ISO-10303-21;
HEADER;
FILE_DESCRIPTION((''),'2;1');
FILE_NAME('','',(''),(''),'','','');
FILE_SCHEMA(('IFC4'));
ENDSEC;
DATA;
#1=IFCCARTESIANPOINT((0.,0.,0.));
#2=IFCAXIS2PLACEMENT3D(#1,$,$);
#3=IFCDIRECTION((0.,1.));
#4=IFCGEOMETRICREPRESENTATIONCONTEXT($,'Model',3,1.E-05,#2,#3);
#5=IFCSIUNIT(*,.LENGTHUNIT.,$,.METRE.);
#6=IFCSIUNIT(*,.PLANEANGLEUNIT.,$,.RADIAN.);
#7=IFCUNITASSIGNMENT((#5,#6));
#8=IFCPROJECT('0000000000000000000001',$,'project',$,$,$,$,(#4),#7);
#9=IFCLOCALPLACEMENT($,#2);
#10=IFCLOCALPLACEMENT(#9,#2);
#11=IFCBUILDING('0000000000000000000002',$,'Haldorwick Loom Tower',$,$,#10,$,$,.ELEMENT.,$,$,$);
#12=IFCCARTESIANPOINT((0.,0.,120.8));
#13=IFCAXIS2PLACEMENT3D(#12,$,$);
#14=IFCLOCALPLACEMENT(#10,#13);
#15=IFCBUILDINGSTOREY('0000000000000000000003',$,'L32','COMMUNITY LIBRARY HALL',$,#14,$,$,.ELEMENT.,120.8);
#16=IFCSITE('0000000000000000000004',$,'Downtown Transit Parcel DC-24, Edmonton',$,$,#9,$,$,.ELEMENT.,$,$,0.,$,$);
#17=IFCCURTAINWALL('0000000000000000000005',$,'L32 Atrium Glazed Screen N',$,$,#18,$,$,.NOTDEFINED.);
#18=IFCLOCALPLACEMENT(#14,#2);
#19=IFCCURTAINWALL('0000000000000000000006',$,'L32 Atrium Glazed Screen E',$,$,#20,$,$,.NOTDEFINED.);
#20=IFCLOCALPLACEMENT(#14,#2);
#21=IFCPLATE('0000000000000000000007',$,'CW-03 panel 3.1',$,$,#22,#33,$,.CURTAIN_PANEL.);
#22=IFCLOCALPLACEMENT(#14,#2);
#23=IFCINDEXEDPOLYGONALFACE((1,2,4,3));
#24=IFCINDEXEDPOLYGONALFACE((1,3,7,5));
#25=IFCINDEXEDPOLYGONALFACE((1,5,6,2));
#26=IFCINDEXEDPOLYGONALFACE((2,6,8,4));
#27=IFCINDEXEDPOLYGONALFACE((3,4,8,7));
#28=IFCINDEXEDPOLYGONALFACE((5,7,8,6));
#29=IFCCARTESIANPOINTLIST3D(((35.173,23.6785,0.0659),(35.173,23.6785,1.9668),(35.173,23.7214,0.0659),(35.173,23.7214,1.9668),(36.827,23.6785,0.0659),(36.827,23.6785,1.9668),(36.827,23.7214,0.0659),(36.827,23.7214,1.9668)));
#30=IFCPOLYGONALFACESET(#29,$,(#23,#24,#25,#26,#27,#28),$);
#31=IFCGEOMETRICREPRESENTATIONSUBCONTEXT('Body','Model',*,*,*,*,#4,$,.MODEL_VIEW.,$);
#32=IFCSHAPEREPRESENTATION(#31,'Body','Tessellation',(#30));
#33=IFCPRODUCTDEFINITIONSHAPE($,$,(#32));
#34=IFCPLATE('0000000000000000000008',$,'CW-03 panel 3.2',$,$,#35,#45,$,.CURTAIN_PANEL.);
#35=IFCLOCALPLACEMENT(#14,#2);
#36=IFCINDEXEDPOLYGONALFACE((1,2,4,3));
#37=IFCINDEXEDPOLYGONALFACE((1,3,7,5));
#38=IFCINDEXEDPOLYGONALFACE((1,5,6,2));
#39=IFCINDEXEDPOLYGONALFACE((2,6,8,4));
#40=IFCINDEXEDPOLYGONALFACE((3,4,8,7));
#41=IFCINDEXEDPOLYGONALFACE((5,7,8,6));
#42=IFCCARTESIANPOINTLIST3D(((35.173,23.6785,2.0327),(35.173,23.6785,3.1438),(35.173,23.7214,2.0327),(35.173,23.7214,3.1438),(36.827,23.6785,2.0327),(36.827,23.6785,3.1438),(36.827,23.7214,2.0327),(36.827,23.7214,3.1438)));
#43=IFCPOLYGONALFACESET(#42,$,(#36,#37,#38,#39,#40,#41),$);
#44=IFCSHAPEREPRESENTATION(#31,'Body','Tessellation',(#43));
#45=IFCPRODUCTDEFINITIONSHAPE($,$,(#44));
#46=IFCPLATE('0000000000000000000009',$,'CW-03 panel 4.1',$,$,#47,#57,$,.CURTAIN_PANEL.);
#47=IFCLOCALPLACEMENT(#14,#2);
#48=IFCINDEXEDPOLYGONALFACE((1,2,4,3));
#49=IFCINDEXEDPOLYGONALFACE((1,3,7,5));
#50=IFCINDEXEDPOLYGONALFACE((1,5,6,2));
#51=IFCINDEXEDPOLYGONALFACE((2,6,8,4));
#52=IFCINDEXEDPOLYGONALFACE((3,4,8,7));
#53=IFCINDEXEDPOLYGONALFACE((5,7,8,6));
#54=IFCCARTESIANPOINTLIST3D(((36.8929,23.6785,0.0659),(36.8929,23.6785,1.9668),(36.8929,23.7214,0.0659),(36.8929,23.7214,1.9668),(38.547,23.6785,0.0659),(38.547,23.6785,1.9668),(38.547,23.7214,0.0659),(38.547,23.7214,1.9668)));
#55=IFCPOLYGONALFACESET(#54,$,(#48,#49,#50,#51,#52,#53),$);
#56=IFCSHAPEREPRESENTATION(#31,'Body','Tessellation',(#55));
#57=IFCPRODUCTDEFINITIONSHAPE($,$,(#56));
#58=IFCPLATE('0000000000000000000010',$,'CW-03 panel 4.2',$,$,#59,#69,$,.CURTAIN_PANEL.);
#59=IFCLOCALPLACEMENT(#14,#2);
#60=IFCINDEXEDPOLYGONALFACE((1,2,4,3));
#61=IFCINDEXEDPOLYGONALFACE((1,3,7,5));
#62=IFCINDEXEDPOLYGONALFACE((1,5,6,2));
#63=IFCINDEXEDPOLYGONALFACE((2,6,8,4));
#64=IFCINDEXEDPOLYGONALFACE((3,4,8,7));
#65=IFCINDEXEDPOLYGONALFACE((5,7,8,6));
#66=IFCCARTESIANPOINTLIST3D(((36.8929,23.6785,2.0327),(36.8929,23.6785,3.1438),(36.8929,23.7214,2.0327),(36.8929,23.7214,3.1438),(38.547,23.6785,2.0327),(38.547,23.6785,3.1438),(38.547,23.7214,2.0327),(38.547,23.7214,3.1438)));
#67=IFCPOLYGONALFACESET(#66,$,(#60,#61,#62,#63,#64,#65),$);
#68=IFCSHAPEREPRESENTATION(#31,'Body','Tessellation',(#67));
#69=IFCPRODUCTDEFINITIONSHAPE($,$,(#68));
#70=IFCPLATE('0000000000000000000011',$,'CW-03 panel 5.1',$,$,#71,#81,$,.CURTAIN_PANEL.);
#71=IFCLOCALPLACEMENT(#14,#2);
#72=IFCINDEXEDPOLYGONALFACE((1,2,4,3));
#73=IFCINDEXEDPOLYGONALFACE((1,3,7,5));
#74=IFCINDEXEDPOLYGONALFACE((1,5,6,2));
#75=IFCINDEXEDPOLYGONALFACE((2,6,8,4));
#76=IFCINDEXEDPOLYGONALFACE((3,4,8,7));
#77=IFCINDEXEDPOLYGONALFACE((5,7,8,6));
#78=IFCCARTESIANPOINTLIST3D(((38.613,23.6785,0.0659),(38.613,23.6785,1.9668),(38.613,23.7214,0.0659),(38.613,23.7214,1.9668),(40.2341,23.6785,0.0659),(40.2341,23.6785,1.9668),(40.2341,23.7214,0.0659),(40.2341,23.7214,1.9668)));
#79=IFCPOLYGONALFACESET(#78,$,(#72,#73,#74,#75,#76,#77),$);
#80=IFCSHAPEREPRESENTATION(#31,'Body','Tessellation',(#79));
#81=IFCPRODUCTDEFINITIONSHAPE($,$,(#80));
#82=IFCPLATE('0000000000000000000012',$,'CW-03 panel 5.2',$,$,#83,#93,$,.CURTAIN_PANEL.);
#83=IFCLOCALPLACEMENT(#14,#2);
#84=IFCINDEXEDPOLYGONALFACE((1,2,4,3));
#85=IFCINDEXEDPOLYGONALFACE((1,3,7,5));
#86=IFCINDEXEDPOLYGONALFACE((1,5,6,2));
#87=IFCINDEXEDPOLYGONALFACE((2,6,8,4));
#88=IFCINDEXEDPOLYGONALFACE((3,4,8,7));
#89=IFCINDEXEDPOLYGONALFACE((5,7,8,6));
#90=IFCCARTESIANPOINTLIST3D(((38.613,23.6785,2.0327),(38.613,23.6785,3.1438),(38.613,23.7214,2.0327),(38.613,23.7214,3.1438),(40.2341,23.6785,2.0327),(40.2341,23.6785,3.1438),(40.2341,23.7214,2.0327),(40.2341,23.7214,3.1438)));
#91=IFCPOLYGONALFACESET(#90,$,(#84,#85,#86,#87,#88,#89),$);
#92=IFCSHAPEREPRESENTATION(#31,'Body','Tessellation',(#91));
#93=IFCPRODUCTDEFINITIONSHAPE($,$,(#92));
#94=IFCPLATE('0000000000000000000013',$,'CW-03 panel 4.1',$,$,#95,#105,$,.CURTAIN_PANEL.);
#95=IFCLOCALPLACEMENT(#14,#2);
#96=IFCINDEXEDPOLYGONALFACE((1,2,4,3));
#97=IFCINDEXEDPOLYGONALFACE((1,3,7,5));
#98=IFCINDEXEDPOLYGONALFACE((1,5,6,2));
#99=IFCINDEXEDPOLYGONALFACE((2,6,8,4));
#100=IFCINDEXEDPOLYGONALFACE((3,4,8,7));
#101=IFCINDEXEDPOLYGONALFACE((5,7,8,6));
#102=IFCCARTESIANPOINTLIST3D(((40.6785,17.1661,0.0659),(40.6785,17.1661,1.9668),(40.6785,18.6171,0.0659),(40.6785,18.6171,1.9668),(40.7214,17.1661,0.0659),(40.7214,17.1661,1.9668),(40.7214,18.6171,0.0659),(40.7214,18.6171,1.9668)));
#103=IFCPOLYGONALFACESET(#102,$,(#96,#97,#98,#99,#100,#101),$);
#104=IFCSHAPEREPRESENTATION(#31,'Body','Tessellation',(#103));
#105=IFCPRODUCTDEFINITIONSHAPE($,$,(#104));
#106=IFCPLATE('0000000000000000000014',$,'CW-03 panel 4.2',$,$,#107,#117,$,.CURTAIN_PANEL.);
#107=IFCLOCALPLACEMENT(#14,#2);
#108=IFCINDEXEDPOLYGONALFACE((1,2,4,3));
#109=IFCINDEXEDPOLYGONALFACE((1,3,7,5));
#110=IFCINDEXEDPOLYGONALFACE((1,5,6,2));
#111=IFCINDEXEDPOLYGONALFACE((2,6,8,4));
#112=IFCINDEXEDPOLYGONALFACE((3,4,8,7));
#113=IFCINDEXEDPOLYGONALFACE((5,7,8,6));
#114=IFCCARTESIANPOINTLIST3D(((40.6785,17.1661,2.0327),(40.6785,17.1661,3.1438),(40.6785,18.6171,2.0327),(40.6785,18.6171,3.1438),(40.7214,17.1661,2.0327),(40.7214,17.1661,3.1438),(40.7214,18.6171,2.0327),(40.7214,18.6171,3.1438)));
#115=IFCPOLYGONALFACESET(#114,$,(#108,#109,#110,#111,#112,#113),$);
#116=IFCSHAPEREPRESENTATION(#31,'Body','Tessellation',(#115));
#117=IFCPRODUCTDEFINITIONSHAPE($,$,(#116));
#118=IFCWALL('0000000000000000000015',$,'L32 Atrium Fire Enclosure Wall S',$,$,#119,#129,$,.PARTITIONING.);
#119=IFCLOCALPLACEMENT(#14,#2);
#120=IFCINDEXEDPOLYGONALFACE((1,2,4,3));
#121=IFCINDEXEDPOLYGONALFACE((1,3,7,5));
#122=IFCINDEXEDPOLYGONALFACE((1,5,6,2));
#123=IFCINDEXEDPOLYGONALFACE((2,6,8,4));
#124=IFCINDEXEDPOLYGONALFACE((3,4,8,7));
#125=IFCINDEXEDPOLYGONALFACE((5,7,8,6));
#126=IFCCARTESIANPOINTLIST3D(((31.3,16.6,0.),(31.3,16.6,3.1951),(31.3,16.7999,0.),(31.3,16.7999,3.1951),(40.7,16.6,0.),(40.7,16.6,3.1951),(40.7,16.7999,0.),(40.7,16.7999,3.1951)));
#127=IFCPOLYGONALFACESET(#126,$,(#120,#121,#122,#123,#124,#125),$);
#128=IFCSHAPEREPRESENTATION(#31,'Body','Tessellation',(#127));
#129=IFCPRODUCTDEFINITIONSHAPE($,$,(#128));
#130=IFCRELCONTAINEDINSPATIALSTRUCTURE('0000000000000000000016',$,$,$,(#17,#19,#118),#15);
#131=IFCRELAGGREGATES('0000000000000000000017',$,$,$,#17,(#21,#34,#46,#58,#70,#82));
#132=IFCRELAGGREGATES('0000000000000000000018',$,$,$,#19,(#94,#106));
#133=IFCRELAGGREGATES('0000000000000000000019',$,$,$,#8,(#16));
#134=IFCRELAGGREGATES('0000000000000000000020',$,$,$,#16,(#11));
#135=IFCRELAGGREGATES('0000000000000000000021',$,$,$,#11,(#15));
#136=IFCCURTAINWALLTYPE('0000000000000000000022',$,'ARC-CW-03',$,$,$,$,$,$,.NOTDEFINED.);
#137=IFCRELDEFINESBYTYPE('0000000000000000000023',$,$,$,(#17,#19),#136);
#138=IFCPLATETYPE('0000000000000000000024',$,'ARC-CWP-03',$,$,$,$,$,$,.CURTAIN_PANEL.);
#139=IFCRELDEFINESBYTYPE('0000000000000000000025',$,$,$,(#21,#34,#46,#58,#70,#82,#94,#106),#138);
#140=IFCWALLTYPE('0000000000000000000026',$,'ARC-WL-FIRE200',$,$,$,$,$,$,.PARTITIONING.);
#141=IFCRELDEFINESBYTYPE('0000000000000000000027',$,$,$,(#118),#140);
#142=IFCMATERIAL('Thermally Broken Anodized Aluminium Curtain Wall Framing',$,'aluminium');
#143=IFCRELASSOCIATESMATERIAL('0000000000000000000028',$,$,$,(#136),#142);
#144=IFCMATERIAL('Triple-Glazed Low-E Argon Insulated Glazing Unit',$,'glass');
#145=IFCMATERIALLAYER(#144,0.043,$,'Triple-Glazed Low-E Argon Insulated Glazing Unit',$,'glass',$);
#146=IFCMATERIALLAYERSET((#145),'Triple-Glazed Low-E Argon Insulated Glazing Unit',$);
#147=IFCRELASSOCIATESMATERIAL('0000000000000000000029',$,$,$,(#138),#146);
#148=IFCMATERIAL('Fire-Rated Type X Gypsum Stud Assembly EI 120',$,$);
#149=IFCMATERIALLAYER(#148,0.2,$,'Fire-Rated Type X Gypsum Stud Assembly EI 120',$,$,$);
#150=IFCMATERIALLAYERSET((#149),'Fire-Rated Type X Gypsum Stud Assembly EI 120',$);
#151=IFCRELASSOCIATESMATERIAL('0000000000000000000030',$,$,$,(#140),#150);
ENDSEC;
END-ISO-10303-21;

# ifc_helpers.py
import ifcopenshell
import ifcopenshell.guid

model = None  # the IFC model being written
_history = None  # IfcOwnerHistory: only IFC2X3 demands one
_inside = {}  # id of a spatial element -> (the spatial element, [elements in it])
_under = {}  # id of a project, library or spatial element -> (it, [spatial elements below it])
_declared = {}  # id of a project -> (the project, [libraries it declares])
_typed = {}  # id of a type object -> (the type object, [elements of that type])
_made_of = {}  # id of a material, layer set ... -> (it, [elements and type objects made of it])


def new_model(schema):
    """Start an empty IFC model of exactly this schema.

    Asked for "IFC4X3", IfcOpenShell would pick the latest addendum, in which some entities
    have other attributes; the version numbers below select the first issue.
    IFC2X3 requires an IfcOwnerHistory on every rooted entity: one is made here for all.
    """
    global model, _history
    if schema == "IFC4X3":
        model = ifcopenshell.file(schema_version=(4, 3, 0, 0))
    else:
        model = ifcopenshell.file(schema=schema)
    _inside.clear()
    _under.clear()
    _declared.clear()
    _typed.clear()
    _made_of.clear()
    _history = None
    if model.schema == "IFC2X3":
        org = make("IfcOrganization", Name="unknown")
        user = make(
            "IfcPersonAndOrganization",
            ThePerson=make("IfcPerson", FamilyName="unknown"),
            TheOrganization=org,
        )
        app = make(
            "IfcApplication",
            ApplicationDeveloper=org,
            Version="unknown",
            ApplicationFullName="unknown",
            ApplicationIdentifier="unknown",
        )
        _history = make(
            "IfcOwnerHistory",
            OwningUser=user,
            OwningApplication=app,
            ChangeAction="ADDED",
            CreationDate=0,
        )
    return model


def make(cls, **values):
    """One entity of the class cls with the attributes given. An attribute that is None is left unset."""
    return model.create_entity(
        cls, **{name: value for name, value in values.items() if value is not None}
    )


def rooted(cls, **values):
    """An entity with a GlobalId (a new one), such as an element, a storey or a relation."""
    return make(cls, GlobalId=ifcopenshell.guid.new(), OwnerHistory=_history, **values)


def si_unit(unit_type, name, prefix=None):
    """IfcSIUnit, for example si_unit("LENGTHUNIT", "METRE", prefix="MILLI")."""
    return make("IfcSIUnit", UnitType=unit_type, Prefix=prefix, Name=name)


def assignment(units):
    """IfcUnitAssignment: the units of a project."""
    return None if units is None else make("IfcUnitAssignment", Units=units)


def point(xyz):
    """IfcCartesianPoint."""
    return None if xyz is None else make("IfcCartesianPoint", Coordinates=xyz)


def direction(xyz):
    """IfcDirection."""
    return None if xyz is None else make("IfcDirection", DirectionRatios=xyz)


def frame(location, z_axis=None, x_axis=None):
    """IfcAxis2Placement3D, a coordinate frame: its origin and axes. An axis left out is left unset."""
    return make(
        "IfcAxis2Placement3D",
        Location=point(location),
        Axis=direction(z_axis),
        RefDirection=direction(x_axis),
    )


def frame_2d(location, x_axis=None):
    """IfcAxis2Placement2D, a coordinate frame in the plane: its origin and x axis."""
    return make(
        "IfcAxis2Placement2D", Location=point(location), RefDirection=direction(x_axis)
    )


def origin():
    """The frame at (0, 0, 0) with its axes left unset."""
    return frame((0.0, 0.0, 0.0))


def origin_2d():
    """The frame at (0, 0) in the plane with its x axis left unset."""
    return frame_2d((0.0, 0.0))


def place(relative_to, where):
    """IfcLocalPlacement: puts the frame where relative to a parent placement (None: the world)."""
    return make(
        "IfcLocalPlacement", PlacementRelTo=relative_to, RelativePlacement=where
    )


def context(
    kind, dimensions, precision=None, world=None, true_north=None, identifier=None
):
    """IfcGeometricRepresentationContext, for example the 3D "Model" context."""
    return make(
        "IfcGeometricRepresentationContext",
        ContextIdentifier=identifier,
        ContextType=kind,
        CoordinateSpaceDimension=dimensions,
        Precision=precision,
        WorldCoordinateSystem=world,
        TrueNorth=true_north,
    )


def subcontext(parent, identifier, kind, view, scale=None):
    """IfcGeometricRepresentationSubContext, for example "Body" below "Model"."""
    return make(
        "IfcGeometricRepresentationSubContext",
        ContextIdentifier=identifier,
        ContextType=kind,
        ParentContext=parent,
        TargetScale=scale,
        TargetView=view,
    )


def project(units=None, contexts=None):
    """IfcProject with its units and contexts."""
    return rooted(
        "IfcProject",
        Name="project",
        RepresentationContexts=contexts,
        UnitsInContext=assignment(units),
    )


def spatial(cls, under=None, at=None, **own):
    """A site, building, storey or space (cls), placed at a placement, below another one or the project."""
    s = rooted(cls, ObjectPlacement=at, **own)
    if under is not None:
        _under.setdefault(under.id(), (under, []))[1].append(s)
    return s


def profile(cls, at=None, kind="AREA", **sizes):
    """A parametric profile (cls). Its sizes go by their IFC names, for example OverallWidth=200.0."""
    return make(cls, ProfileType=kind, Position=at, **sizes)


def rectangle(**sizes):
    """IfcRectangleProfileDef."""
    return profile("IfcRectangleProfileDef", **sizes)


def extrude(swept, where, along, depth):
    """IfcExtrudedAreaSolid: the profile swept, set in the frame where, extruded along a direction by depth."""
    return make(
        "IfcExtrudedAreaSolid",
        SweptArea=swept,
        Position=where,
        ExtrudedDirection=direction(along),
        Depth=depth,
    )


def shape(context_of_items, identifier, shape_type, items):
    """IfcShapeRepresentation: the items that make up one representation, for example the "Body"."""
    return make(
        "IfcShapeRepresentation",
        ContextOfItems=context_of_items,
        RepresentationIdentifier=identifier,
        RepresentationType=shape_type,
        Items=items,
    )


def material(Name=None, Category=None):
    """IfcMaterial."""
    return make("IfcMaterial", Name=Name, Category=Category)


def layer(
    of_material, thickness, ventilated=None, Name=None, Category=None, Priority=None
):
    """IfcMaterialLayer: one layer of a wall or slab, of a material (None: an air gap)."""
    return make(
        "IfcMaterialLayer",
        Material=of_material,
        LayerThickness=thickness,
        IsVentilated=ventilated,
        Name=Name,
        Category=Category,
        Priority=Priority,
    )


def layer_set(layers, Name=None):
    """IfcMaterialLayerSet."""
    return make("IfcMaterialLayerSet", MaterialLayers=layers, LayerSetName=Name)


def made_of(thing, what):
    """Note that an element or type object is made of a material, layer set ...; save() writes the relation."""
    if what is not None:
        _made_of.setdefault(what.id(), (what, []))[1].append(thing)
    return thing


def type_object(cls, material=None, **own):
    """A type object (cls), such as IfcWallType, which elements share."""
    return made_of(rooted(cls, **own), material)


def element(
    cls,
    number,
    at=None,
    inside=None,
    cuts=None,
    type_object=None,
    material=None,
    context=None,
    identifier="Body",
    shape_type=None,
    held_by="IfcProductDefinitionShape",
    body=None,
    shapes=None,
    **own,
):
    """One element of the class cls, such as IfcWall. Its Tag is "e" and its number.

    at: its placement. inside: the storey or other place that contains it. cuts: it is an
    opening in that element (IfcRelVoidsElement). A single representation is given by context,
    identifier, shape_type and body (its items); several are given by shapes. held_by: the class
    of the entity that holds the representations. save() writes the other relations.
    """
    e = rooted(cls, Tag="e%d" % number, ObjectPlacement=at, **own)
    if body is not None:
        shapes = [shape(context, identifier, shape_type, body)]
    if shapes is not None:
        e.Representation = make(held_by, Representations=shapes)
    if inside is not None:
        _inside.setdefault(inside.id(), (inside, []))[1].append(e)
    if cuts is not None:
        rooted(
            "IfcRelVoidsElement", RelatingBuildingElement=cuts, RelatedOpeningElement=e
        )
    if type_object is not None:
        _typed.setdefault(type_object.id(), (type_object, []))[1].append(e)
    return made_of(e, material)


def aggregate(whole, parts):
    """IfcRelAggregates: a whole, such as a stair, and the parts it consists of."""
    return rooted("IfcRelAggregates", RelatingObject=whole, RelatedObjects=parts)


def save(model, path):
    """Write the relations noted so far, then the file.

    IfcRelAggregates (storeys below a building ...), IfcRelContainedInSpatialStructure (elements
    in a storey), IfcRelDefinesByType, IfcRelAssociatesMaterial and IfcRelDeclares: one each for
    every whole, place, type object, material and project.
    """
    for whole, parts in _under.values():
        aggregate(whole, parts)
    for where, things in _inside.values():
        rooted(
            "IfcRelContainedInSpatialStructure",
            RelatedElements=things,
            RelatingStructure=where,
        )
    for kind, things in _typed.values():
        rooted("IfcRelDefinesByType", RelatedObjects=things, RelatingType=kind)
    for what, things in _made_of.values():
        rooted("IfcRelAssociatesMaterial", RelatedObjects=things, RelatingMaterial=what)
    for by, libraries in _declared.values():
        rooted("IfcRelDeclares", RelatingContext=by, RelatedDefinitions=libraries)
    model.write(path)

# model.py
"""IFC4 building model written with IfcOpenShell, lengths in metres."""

from ifc_helpers import new_model, si_unit, direction, frame, frame_2d, origin, origin_2d, place, context, subcontext, project, spatial, rectangle, extrude, material, layer, layer_set, type_object, element, aggregate, save


model = new_model("IFC4")

# Units and contexts
model_context = context("Model", 3, precision=1e-05, world=origin(), true_north=direction((0.0, 1.0)))
body_context = subcontext(model_context, "Body", "Model", "MODEL_VIEW")
ifc_project = project(units=[si_unit("LENGTHUNIT", "METRE"), si_unit("PLANEANGLEUNIT", "RADIAN")], contexts=[model_context])

# Site, building, storey
site_placement = place(None, origin())
site = spatial("IfcSite", under=ifc_project, at=site_placement, Name="Downtown Transit Parcel DC-24, Edmonton", CompositionType="ELEMENT", RefElevation=0.0)
building_placement = place(site_placement, origin())
building = spatial("IfcBuilding", under=site, at=building_placement, Name="Haldorwick Loom Tower", CompositionType="ELEMENT")
storey_placement = place(building_placement, frame((0.0, 0.0, 120.8)))
storey = spatial("IfcBuildingStorey", under=building, at=storey_placement, Name="L32", Description="COMMUNITY LIBRARY HALL", CompositionType="ELEMENT", Elevation=120.8)

# Shared definitions
ifc_material_1 = material(Name="Thermally Broken Anodized Aluminium Curtain Wall Framing", Category="aluminium")
curtain_wall_type = type_object("IfcCurtainWallType", Name="ARC-CW-03", PredefinedType="NOTDEFINED", material=ifc_material_1)

# Curtain walls
curtain_wall_1_placement = place(storey_placement, origin())
curtain_wall_1 = element("IfcCurtainWall", 1, at=curtain_wall_1_placement, inside=storey, type_object=curtain_wall_type, Name="L32 Atrium Glazed Screen N", PredefinedType="NOTDEFINED")
curtain_wall_2_placement = place(storey_placement, origin())
curtain_wall_2 = element("IfcCurtainWall", 2, at=curtain_wall_2_placement, inside=storey, type_object=curtain_wall_type, Name="L32 Atrium Glazed Screen E", PredefinedType="NOTDEFINED")

# Plates
ifc_material_2 = material(Name="Triple-Glazed Low-E Argon Insulated Glazing Unit", Category="glass")
ifc_layer_1 = layer(ifc_material_2, 0.043, Name="Triple-Glazed Low-E Argon Insulated Glazing Unit", Category="glass")
ifc_layer_set_1 = layer_set([ifc_layer_1], Name="Triple-Glazed Low-E Argon Insulated Glazing Unit")
plate_type = type_object("IfcPlateType", Name="ARC-CWP-03", PredefinedType="CURTAIN_PANEL", material=ifc_layer_set_1)
plate_1_placement = place(storey_placement, frame((36.0, 23.7, 0.0659), z_axis=(0.0, 0.0, 1.0), x_axis=(1.0, 0.0, 0.0)))
plate_1 = element("IfcPlate", 3, at=plate_1_placement, type_object=plate_type, Name="CW-03 panel 3.1", PredefinedType="CURTAIN_PANEL", context=body_context, shape_type="SweptSolid", body=[
    extrude(rectangle(XDim=1.6541, YDim=0.043, at=origin_2d()), origin(), (0.0, 0.0, 1.0), 1.9009),
])
plate_2_placement = place(storey_placement, frame((36.0, 23.7, 2.0327), z_axis=(0.0, 0.0, 1.0), x_axis=(1.0, 0.0, 0.0)))
plate_2 = element("IfcPlate", 4, at=plate_2_placement, type_object=plate_type, Name="CW-03 panel 3.2", PredefinedType="CURTAIN_PANEL", context=body_context, shape_type="SweptSolid", body=[
    extrude(rectangle(XDim=1.6541, YDim=0.043, at=origin_2d()), origin(), (0.0, 0.0, 1.0), 1.1111),
])
plate_3_placement = place(storey_placement, frame((37.72, 23.7, 0.0659), z_axis=(0.0, 0.0, 1.0), x_axis=(1.0, 0.0, 0.0)))
plate_3 = element("IfcPlate", 5, at=plate_3_placement, type_object=plate_type, Name="CW-03 panel 4.1", PredefinedType="CURTAIN_PANEL", context=body_context, shape_type="SweptSolid", body=[
    extrude(rectangle(XDim=1.6541, YDim=0.043, at=origin_2d()), origin(), (0.0, 0.0, 1.0), 1.9009),
])
plate_4_placement = place(storey_placement, frame((37.72, 23.7, 2.0327), z_axis=(0.0, 0.0, 1.0), x_axis=(1.0, 0.0, 0.0)))
plate_4 = element("IfcPlate", 6, at=plate_4_placement, type_object=plate_type, Name="CW-03 panel 4.2", PredefinedType="CURTAIN_PANEL", context=body_context, shape_type="SweptSolid", body=[
    extrude(rectangle(XDim=1.6541, YDim=0.043, at=origin_2d()), origin(), (0.0, 0.0, 1.0), 1.1111),
])
plate_5_placement = place(storey_placement, frame((39.4236, 23.7, 0.0659), z_axis=(0.0, 0.0, 1.0), x_axis=(1.0, 0.0, 0.0)))
plate_5 = element("IfcPlate", 7, at=plate_5_placement, type_object=plate_type, Name="CW-03 panel 5.1", PredefinedType="CURTAIN_PANEL", context=body_context, shape_type="SweptSolid", body=[
    extrude(rectangle(XDim=1.6211, YDim=0.043, at=origin_2d()), origin(), (0.0, 0.0, 1.0), 1.9009),
])
plate_6_placement = place(storey_placement, frame((39.4236, 23.7, 2.0327), z_axis=(0.0, 0.0, 1.0), x_axis=(1.0, 0.0, 0.0)))
plate_6 = element("IfcPlate", 8, at=plate_6_placement, type_object=plate_type, Name="CW-03 panel 5.2", PredefinedType="CURTAIN_PANEL", context=body_context, shape_type="SweptSolid", body=[
    extrude(rectangle(XDim=1.6211, YDim=0.043, at=origin_2d()), origin(), (0.0, 0.0, 1.0), 1.1111),
])
aggregate(curtain_wall_1, [plate_1, plate_2, plate_3, plate_4, plate_5, plate_6])
plate_7_placement = place(storey_placement, frame((40.7, 17.8916, 0.0659), z_axis=(0.0, 0.0, 1.0), x_axis=(0.0, -1.0, 0.0)))
plate_7 = element("IfcPlate", 9, at=plate_7_placement, type_object=plate_type, Name="CW-03 panel 4.1", PredefinedType="CURTAIN_PANEL", context=body_context, shape_type="SweptSolid", body=[
    extrude(rectangle(XDim=1.4509, YDim=0.043, at=origin_2d()), origin(), (0.0, 0.0, 1.0), 1.9009),
])
plate_8_placement = place(storey_placement, frame((40.7, 17.8916, 2.0327), z_axis=(0.0, 0.0, 1.0), x_axis=(0.0, -1.0, 0.0)))
plate_8 = element("IfcPlate", 10, at=plate_8_placement, type_object=plate_type, Name="CW-03 panel 4.2", PredefinedType="CURTAIN_PANEL", context=body_context, shape_type="SweptSolid", body=[
    extrude(rectangle(XDim=1.4509, YDim=0.043, at=origin_2d()), origin(), (0.0, 0.0, 1.0), 1.1111),
])
aggregate(curtain_wall_2, [plate_7, plate_8])

# Wall
ifc_material_3 = material(Name="Fire-Rated Type X Gypsum Stud Assembly EI 120")
ifc_layer_2 = layer(ifc_material_3, 0.2, Name="Fire-Rated Type X Gypsum Stud Assembly EI 120")
ifc_layer_set_2 = layer_set([ifc_layer_2], Name="Fire-Rated Type X Gypsum Stud Assembly EI 120")
wall_type = type_object("IfcWallType", Name="ARC-WL-FIRE200", PredefinedType="PARTITIONING", material=ifc_layer_set_2)
wall_placement = place(storey_placement, frame((40.7, 16.7, 0.0), z_axis=(0.0, 0.0, 1.0), x_axis=(-1.0, 0.0, 0.0)))
element("IfcWall", 11, at=wall_placement, inside=storey, type_object=wall_type, Name="L32 Atrium Fire Enclosure Wall S", PredefinedType="PARTITIONING", context=body_context, shape_type="SweptSolid", body=[
    extrude(rectangle(XDim=9.3999, YDim=0.2, at=frame_2d((4.7, 0.0))), origin(), (0.0, 0.0, 1.0), 3.1951),
])

save(model, "model.ifc")
